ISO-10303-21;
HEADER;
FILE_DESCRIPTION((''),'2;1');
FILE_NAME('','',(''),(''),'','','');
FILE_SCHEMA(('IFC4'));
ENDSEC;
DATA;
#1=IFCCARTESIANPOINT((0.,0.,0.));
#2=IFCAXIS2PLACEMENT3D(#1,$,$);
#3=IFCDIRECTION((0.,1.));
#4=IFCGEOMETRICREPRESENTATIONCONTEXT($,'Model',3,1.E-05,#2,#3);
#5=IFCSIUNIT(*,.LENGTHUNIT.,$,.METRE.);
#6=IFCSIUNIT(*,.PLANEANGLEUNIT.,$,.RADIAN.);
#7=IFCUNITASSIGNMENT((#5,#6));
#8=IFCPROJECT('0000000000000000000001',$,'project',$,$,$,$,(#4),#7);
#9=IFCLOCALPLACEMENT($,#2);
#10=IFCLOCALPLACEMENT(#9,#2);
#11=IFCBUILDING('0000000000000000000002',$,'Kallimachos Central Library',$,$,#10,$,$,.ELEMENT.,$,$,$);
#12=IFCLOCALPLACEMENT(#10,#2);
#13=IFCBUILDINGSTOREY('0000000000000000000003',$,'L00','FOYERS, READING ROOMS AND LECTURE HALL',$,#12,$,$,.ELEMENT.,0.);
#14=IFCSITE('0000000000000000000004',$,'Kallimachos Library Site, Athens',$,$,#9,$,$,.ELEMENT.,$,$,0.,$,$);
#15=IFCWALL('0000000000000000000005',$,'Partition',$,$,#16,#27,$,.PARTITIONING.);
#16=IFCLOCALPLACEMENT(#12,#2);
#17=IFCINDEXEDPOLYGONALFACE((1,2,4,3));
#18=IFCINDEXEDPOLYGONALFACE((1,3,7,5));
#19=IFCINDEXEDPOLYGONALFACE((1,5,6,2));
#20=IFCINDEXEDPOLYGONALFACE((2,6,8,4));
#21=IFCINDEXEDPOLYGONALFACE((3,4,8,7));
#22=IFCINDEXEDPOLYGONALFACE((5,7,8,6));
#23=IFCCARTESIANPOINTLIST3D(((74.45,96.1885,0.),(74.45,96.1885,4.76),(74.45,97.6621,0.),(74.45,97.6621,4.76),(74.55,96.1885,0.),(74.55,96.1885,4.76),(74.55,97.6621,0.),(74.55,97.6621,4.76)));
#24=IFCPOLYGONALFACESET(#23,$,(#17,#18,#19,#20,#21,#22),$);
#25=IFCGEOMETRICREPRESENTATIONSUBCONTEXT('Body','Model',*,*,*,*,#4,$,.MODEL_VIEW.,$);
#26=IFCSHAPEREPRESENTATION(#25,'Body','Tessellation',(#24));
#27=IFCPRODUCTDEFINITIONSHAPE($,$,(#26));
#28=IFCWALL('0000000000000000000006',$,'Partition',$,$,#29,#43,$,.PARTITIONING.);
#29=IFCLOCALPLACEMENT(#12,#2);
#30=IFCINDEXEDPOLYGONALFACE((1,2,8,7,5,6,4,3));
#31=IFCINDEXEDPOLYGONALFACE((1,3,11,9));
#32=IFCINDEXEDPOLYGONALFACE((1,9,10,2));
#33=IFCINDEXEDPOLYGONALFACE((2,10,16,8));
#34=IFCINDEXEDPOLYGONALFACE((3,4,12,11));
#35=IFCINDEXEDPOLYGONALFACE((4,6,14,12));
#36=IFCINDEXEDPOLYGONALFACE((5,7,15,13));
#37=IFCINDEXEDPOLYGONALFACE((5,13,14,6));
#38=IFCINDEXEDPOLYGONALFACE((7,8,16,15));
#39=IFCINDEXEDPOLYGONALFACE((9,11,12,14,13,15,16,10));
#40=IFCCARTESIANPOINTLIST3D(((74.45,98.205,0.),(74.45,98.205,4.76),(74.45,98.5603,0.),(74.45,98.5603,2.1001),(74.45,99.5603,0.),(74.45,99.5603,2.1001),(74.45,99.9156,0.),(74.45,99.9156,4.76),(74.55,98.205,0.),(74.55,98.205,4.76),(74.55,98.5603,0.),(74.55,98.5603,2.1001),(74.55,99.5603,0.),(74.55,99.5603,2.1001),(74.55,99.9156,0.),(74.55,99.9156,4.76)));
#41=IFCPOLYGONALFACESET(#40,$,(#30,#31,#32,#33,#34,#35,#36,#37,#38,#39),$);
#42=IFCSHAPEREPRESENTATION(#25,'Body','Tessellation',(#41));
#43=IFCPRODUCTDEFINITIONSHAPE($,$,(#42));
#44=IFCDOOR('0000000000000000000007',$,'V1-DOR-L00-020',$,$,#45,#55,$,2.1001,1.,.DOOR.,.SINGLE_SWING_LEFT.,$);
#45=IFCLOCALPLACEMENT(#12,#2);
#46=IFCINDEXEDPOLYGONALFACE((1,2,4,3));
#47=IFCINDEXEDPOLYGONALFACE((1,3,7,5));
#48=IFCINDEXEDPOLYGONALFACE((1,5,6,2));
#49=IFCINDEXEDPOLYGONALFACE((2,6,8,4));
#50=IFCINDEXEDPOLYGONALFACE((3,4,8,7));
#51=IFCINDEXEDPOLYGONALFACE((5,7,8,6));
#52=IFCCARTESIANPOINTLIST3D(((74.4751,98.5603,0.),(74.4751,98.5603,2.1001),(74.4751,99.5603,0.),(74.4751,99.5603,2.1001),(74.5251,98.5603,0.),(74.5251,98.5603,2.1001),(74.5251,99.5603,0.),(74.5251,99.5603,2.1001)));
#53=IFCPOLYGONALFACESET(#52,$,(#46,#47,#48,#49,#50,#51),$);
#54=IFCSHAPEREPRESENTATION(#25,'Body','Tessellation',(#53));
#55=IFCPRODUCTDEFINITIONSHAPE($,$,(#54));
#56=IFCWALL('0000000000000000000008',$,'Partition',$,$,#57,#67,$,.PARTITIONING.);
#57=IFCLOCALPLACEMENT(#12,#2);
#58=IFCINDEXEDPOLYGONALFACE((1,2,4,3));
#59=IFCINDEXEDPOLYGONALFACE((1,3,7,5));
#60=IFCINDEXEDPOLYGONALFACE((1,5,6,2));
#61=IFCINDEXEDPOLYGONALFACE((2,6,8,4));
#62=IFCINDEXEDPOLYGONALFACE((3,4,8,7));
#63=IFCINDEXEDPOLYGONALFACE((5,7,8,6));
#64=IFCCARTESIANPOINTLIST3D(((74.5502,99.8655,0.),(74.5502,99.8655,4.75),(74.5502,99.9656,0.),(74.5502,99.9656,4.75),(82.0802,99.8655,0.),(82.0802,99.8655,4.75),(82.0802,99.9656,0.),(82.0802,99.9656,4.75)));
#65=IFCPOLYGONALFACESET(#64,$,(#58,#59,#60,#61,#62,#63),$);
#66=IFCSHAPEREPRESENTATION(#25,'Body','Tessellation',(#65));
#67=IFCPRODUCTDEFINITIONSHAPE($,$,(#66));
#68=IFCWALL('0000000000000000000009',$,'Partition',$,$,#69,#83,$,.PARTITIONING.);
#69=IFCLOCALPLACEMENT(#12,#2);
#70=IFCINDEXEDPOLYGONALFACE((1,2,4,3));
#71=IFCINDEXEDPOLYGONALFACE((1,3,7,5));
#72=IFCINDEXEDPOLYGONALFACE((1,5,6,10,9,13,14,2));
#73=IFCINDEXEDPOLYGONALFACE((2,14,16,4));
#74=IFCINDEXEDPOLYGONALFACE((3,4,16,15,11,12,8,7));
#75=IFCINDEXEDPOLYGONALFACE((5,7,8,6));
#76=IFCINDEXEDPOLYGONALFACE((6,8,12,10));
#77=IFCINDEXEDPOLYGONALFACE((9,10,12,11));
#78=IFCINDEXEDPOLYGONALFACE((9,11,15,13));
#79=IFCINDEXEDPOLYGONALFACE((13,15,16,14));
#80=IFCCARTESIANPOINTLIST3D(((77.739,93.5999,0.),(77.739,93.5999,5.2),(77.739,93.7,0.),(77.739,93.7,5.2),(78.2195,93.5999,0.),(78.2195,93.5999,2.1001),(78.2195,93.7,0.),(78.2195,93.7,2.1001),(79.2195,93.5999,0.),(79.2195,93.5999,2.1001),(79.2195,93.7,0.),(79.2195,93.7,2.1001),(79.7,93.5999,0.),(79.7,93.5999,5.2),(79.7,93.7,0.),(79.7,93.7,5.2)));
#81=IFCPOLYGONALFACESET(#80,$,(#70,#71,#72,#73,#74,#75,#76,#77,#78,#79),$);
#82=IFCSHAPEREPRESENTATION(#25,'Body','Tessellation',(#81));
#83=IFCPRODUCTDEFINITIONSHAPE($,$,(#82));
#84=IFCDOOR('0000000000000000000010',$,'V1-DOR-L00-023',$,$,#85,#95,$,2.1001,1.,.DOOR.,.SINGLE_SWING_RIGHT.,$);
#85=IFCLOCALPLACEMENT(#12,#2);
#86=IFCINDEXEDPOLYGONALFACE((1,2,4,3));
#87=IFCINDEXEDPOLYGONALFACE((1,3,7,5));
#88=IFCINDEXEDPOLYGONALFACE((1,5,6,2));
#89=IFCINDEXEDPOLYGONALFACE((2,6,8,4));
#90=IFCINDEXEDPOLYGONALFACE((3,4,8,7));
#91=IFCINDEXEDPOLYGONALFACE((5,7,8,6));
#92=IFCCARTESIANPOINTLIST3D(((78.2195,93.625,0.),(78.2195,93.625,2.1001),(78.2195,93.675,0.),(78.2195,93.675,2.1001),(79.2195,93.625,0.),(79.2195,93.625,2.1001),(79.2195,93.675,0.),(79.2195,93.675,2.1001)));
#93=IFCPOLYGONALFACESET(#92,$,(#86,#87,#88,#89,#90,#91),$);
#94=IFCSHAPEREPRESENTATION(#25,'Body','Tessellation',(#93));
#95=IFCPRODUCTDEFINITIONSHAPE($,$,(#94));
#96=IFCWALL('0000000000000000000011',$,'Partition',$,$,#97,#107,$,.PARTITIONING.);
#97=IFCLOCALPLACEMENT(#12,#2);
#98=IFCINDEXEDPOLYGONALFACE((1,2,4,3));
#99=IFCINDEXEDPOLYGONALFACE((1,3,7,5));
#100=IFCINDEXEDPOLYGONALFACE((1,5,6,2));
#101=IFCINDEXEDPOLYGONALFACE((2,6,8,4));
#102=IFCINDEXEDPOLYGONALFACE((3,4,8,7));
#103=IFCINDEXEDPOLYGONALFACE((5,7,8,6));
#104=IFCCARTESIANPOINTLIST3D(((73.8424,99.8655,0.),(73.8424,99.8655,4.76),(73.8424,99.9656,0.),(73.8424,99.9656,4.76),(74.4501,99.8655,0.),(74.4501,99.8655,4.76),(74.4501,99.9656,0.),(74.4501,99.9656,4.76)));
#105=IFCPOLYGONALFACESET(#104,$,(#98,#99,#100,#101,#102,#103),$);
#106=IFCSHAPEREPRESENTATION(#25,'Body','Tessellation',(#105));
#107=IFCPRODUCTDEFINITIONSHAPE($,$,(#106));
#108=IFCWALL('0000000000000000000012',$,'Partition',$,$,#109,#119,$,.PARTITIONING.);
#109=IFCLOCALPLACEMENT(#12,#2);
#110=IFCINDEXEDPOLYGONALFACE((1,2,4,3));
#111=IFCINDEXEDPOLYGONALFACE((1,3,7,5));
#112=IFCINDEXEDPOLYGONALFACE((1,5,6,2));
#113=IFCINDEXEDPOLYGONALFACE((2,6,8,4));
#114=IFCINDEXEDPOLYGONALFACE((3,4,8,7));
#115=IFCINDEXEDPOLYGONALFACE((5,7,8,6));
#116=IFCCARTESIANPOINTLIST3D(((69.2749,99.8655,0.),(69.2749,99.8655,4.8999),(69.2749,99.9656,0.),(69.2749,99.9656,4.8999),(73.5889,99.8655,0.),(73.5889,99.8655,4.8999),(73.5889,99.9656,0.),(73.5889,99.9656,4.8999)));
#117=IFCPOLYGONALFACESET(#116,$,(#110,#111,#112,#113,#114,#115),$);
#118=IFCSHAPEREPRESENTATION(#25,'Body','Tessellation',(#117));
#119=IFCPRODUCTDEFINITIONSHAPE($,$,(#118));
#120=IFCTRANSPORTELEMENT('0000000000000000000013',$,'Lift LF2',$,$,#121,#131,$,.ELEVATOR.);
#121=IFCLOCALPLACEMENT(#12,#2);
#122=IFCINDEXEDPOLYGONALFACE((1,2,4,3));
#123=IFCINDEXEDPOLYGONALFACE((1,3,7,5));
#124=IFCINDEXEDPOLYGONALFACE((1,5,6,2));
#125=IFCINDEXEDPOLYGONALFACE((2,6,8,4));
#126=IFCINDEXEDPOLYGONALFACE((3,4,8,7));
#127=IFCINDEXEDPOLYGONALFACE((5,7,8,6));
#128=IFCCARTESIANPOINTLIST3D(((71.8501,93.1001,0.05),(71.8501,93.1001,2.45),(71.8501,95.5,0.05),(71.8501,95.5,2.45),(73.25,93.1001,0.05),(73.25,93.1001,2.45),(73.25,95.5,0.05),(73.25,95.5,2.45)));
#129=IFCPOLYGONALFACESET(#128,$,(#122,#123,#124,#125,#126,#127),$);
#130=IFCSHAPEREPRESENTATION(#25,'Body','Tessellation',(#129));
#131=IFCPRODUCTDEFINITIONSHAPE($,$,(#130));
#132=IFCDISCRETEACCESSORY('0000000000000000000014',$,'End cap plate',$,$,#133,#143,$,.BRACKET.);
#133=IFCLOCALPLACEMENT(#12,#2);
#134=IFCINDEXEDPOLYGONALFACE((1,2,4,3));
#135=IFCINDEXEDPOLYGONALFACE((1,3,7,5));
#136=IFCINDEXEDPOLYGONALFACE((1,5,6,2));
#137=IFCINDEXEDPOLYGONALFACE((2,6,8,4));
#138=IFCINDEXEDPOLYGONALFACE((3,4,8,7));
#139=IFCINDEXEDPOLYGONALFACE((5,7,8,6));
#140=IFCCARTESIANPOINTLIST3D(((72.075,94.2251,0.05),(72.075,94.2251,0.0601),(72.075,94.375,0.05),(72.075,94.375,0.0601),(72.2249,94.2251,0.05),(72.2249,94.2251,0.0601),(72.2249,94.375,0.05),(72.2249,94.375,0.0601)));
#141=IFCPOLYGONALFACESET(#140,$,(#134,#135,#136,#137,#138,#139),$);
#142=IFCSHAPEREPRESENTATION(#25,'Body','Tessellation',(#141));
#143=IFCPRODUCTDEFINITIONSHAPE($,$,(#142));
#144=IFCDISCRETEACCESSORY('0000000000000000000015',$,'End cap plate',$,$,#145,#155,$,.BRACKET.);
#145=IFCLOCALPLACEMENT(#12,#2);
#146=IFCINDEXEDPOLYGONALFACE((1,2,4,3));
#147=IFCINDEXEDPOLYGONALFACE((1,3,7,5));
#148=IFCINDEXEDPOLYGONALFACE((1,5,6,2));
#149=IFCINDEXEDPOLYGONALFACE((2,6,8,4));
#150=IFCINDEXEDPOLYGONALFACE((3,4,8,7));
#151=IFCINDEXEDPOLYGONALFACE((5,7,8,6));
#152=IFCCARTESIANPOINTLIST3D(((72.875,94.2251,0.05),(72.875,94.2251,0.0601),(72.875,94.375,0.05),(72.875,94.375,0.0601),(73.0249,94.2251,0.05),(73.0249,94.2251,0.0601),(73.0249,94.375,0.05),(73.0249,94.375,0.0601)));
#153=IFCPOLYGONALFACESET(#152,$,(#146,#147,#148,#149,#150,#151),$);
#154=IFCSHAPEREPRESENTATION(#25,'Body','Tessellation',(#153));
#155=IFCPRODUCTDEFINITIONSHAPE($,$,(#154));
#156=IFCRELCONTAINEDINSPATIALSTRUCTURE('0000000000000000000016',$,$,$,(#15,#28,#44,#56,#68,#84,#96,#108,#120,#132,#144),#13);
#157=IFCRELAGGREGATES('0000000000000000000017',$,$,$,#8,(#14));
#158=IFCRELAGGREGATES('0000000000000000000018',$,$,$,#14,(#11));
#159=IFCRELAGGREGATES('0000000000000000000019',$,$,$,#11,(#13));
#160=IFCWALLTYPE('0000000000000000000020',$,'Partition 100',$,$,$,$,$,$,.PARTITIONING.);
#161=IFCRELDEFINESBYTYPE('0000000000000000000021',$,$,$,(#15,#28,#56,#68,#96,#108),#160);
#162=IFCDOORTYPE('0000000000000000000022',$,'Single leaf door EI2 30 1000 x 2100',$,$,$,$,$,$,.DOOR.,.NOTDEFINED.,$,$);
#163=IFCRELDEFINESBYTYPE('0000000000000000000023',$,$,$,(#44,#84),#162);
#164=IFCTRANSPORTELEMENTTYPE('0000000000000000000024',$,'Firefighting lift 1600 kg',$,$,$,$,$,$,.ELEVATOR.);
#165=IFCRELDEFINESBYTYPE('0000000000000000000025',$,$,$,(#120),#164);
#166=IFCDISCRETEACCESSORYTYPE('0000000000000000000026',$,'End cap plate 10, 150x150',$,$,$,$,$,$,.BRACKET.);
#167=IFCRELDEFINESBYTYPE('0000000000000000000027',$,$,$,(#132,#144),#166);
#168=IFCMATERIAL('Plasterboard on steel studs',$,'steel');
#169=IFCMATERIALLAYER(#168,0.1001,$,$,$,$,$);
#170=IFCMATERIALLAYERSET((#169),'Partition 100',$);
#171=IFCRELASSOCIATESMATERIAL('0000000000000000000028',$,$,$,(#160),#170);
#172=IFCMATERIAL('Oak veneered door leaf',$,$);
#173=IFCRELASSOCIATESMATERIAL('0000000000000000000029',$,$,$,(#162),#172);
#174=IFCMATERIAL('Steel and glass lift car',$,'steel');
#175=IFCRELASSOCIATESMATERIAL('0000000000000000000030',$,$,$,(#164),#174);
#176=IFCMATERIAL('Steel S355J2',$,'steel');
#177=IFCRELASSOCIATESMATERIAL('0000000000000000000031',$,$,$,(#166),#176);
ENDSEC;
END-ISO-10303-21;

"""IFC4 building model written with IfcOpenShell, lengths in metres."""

from ifc_helpers import new_model, si_unit, direction, frame, frame_2d, origin, origin_2d, place, context, subcontext, project, spatial, rectangle, extrude, material, layer, layer_set, material_profile, profile_set, type_object, element, fill, save


model = new_model("IFC4")

# Units and contexts
model_context = context("Model", 3, precision=1e-05, world=origin(), true_north=direction((0.0, 1.0)))
body_context = subcontext(model_context, "Body", "Model", "MODEL_VIEW")
ifc_project = project(units=[si_unit("LENGTHUNIT", "METRE"), si_unit("PLANEANGLEUNIT", "RADIAN")], contexts=[model_context])

# Site, building, storey
site_placement = place(None, origin())
site = spatial("IfcSite", under=ifc_project, at=site_placement, Name="Kallimachos Library Site, Athens", CompositionType="ELEMENT", RefElevation=0.0)
building_placement = place(site_placement, origin())
building = spatial("IfcBuilding", under=site, at=building_placement, Name="Kallimachos Central Library", CompositionType="ELEMENT")
storey_placement = place(building_placement, origin())
storey = spatial("IfcBuildingStorey", under=building, at=storey_placement, Name="L00", Description="FOYERS, READING ROOMS AND LECTURE HALL", CompositionType="ELEMENT", Elevation=0.0)

# Wall
ifc_material_1 = material(Name="Plasterboard on steel studs", Category="steel")
ifc_layer_1 = layer(ifc_material_1, 0.1001)
ifc_layer_set_1 = layer_set([ifc_layer_1], Name="Partition 100")
wall_type_1 = type_object("IfcWallType", Name="Partition 100", PredefinedType="PARTITIONING", material=ifc_layer_set_1)
wall_1_placement = place(storey_placement, frame((74.5, 96.1885, 0.0), z_axis=(0.0, 0.0, 1.0), x_axis=(0.0, 1.0, 0.0)))
element("IfcWall", 1, at=wall_1_placement, inside=storey, type_object=wall_type_1, Name="Partition", PredefinedType="PARTITIONING", context=body_context, shape_type="SweptSolid", body=[
    extrude(rectangle(XDim=1.4736, YDim=0.1001, at=frame_2d((0.7368, 0.0))), origin(), (0.0, 0.0, 1.0), 4.76),
])

# Wall, opening, door
wall_2_placement = place(storey_placement, frame((74.5, 98.2048, 0.0), z_axis=(0.0, 0.0, 1.0), x_axis=(0.0, 1.0, 0.0)))
wall_2 = element("IfcWall", 2, at=wall_2_placement, inside=storey, type_object=wall_type_1, Name="Partition", PredefinedType="PARTITIONING", context=body_context, shape_type="SweptSolid", body=[
    extrude(rectangle(XDim=1.7107, YDim=0.1001, at=frame_2d((0.8555, 0.0))), origin(), (0.0, 0.0, 1.0), 4.76),
])
opening_1_placement = place(wall_2_placement, frame((0.3555, 0.0, 0.0)))
opening_1 = element("IfcOpeningElement", 3, at=opening_1_placement, cuts=wall_2, PredefinedType="OPENING", context=body_context, shape_type="SweptSolid", body=[
    extrude(rectangle(XDim=1.0, YDim=2.1001, at=frame_2d((0.5, 1.05))), frame((0.0, 0.0601, 0.0), z_axis=(0.0, -1.0, 0.0), x_axis=(1.0, 0.0, 0.0)), (0.0, 0.0, 1.0), 0.1201),
])
ifc_material_2 = material(Name="Oak veneered door leaf")
door_type_1 = type_object("IfcDoorType", Name="Single leaf door EI2 30 1000 x 2100", OperationType="NOTDEFINED", PredefinedType="DOOR", material=ifc_material_2)
door_1_placement = place(opening_1_placement, origin())
door_1 = element("IfcDoor", 4, at=door_1_placement, inside=storey, type_object=door_type_1, Name="V1-DOR-L00-020", OperationType="SINGLE_SWING_LEFT", OverallHeight=2.1001, OverallWidth=1.0, PredefinedType="DOOR", context=body_context, shape_type="SweptSolid", body=[
    extrude(rectangle(XDim=1.0, YDim=2.1001, at=frame_2d((0.5, 1.05))), frame((0.0, 0.0249, 0.0), z_axis=(0.0, -1.0, 0.0), x_axis=(1.0, 0.0, 0.0)), (0.0, 0.0, 1.0), 0.05),
])
fill(opening_1, door_1)

# Wall
wall_3_placement = place(storey_placement, frame((74.55, 99.9155, 0.0), z_axis=(0.0, 0.0, 1.0), x_axis=(1.0, 0.0, 0.0)))
element("IfcWall", 5, at=wall_3_placement, inside=storey, type_object=wall_type_1, Name="Partition", PredefinedType="PARTITIONING", context=body_context, shape_type="SweptSolid", body=[
    extrude(rectangle(XDim=7.53, YDim=0.1001, at=frame_2d((3.7651, 0.0))), origin(), (0.0, 0.0, 1.0), 4.75),
])

# Wall, opening, door
wall_4_placement = place(storey_placement, frame((79.7, 93.6499, 0.0), z_axis=(0.0, 0.0, 1.0), x_axis=(-1.0, 0.0, 0.0)))
wall_4 = element("IfcWall", 6, at=wall_4_placement, inside=storey, type_object=wall_type_1, Name="Partition", PredefinedType="PARTITIONING", context=body_context, shape_type="SweptSolid", body=[
    extrude(rectangle(XDim=1.9609, YDim=0.1001, at=frame_2d((0.9805, 0.0))), origin(), (0.0, 0.0, 1.0), 5.2),
])
opening_2_placement = place(wall_4_placement, frame((0.4805, 0.0, 0.0)))
opening_2 = element("IfcOpeningElement", 7, at=opening_2_placement, cuts=wall_4, PredefinedType="OPENING", context=body_context, shape_type="SweptSolid", body=[
    extrude(rectangle(XDim=1.0, YDim=2.1001, at=frame_2d((0.5, 1.05))), frame((0.0, 0.0601, 0.0), z_axis=(0.0, -1.0, 0.0), x_axis=(1.0, 0.0, 0.0)), (0.0, 0.0, 1.0), 0.1201),
])
door_2_placement = place(opening_2_placement, origin())
door_2 = element("IfcDoor", 8, at=door_2_placement, inside=storey, type_object=door_type_1, Name="V1-DOR-L00-023", OperationType="SINGLE_SWING_RIGHT", OverallHeight=2.1001, OverallWidth=1.0, PredefinedType="DOOR", context=body_context, shape_type="SweptSolid", body=[
    extrude(rectangle(XDim=1.0, YDim=2.1001, at=frame_2d((0.5, 1.05))), frame((0.0, 0.0249, 0.0), z_axis=(0.0, -1.0, 0.0), x_axis=(1.0, 0.0, 0.0)), (0.0, 0.0, 1.0), 0.05),
])
fill(opening_2, door_2)

# Walls
wall_5_placement = place(storey_placement, frame((74.45, 99.9155, 0.0), z_axis=(0.0, 0.0, 1.0), x_axis=(-1.0, 0.0, 0.0)))
element("IfcWall", 9, at=wall_5_placement, inside=storey, type_object=wall_type_1, Name="Partition", PredefinedType="PARTITIONING", context=body_context, shape_type="SweptSolid", body=[
    extrude(rectangle(XDim=0.6077, YDim=0.1001, at=frame_2d((0.3037, 0.0))), origin(), (0.0, 0.0, 1.0), 4.76),
])
wall_6_placement = place(storey_placement, frame((73.5889, 99.9155, 0.0), z_axis=(0.0, 0.0, 1.0), x_axis=(-1.0, 0.0, 0.0)))
element("IfcWall", 10, at=wall_6_placement, inside=storey, type_object=wall_type_1, Name="Partition", PredefinedType="PARTITIONING", context=body_context, shape_type="SweptSolid", body=[
    extrude(rectangle(XDim=4.314, YDim=0.1001, at=frame_2d((2.157, 0.0))), origin(), (0.0, 0.0, 1.0), 4.8999),
])

# Transport element
ifc_material_3 = material(Name="Steel and glass lift car", Category="steel")
transport_element_type = type_object("IfcTransportElementType", Name="Firefighting lift 1600 kg", PredefinedType="ELEVATOR", material=ifc_material_3)
transport_element_placement = place(storey_placement, frame((72.55, 94.3, 0.05), z_axis=(0.0, 0.0, 1.0), x_axis=(1.0, 0.0, 0.0)))
element("IfcTransportElement", 11, at=transport_element_placement, inside=storey, type_object=transport_element_type, Name="Lift LF2", PredefinedType="ELEVATOR", context=body_context, shape_type="SweptSolid", body=[
    extrude(rectangle(XDim=1.3999, YDim=2.3999, at=origin_2d()), origin(), (0.0, 0.0, 1.0), 2.3999),
])

# Discrete accessories
ifc_material_4 = material(Name="Steel S355J2", Category="steel")
ifc_material_profile_1 = material_profile(ifc_material_4, rectangle(XDim=0.1499, YDim=0.1499, at=origin_2d()), Name="End cap plate 10, 150x150")
ifc_profile_set_1 = profile_set([ifc_material_profile_1], Name="Steel S355J2")
discrete_accessory_type = type_object("IfcDiscreteAccessoryType", Name="End cap plate 10, 150x150", PredefinedType="BRACKET", material=ifc_profile_set_1)
for number, where, z_axis, x_axis, name in (
    (12, (72.1499, 94.3, 0.05), (0.0, 0.0, 1.0), (1.0, 0.0, 0.0), "End cap plate"),
    (13, (72.95, 94.3, 0.05), (0.0, 0.0, 1.0), (1.0, 0.0, 0.0), "End cap plate"),
):
    element("IfcDiscreteAccessory", number, at=place(storey_placement, frame(where, z_axis=z_axis, x_axis=x_axis)), inside=storey, type_object=discrete_accessory_type, Name=name, PredefinedType="BRACKET", context=body_context, shape_type="SweptSolid", body=[
        extrude(rectangle(XDim=0.1499, YDim=0.1499, at=origin_2d()), origin(), (0.0, 0.0, 1.0), 0.01),
    ])

save(model, "model.ifc")
